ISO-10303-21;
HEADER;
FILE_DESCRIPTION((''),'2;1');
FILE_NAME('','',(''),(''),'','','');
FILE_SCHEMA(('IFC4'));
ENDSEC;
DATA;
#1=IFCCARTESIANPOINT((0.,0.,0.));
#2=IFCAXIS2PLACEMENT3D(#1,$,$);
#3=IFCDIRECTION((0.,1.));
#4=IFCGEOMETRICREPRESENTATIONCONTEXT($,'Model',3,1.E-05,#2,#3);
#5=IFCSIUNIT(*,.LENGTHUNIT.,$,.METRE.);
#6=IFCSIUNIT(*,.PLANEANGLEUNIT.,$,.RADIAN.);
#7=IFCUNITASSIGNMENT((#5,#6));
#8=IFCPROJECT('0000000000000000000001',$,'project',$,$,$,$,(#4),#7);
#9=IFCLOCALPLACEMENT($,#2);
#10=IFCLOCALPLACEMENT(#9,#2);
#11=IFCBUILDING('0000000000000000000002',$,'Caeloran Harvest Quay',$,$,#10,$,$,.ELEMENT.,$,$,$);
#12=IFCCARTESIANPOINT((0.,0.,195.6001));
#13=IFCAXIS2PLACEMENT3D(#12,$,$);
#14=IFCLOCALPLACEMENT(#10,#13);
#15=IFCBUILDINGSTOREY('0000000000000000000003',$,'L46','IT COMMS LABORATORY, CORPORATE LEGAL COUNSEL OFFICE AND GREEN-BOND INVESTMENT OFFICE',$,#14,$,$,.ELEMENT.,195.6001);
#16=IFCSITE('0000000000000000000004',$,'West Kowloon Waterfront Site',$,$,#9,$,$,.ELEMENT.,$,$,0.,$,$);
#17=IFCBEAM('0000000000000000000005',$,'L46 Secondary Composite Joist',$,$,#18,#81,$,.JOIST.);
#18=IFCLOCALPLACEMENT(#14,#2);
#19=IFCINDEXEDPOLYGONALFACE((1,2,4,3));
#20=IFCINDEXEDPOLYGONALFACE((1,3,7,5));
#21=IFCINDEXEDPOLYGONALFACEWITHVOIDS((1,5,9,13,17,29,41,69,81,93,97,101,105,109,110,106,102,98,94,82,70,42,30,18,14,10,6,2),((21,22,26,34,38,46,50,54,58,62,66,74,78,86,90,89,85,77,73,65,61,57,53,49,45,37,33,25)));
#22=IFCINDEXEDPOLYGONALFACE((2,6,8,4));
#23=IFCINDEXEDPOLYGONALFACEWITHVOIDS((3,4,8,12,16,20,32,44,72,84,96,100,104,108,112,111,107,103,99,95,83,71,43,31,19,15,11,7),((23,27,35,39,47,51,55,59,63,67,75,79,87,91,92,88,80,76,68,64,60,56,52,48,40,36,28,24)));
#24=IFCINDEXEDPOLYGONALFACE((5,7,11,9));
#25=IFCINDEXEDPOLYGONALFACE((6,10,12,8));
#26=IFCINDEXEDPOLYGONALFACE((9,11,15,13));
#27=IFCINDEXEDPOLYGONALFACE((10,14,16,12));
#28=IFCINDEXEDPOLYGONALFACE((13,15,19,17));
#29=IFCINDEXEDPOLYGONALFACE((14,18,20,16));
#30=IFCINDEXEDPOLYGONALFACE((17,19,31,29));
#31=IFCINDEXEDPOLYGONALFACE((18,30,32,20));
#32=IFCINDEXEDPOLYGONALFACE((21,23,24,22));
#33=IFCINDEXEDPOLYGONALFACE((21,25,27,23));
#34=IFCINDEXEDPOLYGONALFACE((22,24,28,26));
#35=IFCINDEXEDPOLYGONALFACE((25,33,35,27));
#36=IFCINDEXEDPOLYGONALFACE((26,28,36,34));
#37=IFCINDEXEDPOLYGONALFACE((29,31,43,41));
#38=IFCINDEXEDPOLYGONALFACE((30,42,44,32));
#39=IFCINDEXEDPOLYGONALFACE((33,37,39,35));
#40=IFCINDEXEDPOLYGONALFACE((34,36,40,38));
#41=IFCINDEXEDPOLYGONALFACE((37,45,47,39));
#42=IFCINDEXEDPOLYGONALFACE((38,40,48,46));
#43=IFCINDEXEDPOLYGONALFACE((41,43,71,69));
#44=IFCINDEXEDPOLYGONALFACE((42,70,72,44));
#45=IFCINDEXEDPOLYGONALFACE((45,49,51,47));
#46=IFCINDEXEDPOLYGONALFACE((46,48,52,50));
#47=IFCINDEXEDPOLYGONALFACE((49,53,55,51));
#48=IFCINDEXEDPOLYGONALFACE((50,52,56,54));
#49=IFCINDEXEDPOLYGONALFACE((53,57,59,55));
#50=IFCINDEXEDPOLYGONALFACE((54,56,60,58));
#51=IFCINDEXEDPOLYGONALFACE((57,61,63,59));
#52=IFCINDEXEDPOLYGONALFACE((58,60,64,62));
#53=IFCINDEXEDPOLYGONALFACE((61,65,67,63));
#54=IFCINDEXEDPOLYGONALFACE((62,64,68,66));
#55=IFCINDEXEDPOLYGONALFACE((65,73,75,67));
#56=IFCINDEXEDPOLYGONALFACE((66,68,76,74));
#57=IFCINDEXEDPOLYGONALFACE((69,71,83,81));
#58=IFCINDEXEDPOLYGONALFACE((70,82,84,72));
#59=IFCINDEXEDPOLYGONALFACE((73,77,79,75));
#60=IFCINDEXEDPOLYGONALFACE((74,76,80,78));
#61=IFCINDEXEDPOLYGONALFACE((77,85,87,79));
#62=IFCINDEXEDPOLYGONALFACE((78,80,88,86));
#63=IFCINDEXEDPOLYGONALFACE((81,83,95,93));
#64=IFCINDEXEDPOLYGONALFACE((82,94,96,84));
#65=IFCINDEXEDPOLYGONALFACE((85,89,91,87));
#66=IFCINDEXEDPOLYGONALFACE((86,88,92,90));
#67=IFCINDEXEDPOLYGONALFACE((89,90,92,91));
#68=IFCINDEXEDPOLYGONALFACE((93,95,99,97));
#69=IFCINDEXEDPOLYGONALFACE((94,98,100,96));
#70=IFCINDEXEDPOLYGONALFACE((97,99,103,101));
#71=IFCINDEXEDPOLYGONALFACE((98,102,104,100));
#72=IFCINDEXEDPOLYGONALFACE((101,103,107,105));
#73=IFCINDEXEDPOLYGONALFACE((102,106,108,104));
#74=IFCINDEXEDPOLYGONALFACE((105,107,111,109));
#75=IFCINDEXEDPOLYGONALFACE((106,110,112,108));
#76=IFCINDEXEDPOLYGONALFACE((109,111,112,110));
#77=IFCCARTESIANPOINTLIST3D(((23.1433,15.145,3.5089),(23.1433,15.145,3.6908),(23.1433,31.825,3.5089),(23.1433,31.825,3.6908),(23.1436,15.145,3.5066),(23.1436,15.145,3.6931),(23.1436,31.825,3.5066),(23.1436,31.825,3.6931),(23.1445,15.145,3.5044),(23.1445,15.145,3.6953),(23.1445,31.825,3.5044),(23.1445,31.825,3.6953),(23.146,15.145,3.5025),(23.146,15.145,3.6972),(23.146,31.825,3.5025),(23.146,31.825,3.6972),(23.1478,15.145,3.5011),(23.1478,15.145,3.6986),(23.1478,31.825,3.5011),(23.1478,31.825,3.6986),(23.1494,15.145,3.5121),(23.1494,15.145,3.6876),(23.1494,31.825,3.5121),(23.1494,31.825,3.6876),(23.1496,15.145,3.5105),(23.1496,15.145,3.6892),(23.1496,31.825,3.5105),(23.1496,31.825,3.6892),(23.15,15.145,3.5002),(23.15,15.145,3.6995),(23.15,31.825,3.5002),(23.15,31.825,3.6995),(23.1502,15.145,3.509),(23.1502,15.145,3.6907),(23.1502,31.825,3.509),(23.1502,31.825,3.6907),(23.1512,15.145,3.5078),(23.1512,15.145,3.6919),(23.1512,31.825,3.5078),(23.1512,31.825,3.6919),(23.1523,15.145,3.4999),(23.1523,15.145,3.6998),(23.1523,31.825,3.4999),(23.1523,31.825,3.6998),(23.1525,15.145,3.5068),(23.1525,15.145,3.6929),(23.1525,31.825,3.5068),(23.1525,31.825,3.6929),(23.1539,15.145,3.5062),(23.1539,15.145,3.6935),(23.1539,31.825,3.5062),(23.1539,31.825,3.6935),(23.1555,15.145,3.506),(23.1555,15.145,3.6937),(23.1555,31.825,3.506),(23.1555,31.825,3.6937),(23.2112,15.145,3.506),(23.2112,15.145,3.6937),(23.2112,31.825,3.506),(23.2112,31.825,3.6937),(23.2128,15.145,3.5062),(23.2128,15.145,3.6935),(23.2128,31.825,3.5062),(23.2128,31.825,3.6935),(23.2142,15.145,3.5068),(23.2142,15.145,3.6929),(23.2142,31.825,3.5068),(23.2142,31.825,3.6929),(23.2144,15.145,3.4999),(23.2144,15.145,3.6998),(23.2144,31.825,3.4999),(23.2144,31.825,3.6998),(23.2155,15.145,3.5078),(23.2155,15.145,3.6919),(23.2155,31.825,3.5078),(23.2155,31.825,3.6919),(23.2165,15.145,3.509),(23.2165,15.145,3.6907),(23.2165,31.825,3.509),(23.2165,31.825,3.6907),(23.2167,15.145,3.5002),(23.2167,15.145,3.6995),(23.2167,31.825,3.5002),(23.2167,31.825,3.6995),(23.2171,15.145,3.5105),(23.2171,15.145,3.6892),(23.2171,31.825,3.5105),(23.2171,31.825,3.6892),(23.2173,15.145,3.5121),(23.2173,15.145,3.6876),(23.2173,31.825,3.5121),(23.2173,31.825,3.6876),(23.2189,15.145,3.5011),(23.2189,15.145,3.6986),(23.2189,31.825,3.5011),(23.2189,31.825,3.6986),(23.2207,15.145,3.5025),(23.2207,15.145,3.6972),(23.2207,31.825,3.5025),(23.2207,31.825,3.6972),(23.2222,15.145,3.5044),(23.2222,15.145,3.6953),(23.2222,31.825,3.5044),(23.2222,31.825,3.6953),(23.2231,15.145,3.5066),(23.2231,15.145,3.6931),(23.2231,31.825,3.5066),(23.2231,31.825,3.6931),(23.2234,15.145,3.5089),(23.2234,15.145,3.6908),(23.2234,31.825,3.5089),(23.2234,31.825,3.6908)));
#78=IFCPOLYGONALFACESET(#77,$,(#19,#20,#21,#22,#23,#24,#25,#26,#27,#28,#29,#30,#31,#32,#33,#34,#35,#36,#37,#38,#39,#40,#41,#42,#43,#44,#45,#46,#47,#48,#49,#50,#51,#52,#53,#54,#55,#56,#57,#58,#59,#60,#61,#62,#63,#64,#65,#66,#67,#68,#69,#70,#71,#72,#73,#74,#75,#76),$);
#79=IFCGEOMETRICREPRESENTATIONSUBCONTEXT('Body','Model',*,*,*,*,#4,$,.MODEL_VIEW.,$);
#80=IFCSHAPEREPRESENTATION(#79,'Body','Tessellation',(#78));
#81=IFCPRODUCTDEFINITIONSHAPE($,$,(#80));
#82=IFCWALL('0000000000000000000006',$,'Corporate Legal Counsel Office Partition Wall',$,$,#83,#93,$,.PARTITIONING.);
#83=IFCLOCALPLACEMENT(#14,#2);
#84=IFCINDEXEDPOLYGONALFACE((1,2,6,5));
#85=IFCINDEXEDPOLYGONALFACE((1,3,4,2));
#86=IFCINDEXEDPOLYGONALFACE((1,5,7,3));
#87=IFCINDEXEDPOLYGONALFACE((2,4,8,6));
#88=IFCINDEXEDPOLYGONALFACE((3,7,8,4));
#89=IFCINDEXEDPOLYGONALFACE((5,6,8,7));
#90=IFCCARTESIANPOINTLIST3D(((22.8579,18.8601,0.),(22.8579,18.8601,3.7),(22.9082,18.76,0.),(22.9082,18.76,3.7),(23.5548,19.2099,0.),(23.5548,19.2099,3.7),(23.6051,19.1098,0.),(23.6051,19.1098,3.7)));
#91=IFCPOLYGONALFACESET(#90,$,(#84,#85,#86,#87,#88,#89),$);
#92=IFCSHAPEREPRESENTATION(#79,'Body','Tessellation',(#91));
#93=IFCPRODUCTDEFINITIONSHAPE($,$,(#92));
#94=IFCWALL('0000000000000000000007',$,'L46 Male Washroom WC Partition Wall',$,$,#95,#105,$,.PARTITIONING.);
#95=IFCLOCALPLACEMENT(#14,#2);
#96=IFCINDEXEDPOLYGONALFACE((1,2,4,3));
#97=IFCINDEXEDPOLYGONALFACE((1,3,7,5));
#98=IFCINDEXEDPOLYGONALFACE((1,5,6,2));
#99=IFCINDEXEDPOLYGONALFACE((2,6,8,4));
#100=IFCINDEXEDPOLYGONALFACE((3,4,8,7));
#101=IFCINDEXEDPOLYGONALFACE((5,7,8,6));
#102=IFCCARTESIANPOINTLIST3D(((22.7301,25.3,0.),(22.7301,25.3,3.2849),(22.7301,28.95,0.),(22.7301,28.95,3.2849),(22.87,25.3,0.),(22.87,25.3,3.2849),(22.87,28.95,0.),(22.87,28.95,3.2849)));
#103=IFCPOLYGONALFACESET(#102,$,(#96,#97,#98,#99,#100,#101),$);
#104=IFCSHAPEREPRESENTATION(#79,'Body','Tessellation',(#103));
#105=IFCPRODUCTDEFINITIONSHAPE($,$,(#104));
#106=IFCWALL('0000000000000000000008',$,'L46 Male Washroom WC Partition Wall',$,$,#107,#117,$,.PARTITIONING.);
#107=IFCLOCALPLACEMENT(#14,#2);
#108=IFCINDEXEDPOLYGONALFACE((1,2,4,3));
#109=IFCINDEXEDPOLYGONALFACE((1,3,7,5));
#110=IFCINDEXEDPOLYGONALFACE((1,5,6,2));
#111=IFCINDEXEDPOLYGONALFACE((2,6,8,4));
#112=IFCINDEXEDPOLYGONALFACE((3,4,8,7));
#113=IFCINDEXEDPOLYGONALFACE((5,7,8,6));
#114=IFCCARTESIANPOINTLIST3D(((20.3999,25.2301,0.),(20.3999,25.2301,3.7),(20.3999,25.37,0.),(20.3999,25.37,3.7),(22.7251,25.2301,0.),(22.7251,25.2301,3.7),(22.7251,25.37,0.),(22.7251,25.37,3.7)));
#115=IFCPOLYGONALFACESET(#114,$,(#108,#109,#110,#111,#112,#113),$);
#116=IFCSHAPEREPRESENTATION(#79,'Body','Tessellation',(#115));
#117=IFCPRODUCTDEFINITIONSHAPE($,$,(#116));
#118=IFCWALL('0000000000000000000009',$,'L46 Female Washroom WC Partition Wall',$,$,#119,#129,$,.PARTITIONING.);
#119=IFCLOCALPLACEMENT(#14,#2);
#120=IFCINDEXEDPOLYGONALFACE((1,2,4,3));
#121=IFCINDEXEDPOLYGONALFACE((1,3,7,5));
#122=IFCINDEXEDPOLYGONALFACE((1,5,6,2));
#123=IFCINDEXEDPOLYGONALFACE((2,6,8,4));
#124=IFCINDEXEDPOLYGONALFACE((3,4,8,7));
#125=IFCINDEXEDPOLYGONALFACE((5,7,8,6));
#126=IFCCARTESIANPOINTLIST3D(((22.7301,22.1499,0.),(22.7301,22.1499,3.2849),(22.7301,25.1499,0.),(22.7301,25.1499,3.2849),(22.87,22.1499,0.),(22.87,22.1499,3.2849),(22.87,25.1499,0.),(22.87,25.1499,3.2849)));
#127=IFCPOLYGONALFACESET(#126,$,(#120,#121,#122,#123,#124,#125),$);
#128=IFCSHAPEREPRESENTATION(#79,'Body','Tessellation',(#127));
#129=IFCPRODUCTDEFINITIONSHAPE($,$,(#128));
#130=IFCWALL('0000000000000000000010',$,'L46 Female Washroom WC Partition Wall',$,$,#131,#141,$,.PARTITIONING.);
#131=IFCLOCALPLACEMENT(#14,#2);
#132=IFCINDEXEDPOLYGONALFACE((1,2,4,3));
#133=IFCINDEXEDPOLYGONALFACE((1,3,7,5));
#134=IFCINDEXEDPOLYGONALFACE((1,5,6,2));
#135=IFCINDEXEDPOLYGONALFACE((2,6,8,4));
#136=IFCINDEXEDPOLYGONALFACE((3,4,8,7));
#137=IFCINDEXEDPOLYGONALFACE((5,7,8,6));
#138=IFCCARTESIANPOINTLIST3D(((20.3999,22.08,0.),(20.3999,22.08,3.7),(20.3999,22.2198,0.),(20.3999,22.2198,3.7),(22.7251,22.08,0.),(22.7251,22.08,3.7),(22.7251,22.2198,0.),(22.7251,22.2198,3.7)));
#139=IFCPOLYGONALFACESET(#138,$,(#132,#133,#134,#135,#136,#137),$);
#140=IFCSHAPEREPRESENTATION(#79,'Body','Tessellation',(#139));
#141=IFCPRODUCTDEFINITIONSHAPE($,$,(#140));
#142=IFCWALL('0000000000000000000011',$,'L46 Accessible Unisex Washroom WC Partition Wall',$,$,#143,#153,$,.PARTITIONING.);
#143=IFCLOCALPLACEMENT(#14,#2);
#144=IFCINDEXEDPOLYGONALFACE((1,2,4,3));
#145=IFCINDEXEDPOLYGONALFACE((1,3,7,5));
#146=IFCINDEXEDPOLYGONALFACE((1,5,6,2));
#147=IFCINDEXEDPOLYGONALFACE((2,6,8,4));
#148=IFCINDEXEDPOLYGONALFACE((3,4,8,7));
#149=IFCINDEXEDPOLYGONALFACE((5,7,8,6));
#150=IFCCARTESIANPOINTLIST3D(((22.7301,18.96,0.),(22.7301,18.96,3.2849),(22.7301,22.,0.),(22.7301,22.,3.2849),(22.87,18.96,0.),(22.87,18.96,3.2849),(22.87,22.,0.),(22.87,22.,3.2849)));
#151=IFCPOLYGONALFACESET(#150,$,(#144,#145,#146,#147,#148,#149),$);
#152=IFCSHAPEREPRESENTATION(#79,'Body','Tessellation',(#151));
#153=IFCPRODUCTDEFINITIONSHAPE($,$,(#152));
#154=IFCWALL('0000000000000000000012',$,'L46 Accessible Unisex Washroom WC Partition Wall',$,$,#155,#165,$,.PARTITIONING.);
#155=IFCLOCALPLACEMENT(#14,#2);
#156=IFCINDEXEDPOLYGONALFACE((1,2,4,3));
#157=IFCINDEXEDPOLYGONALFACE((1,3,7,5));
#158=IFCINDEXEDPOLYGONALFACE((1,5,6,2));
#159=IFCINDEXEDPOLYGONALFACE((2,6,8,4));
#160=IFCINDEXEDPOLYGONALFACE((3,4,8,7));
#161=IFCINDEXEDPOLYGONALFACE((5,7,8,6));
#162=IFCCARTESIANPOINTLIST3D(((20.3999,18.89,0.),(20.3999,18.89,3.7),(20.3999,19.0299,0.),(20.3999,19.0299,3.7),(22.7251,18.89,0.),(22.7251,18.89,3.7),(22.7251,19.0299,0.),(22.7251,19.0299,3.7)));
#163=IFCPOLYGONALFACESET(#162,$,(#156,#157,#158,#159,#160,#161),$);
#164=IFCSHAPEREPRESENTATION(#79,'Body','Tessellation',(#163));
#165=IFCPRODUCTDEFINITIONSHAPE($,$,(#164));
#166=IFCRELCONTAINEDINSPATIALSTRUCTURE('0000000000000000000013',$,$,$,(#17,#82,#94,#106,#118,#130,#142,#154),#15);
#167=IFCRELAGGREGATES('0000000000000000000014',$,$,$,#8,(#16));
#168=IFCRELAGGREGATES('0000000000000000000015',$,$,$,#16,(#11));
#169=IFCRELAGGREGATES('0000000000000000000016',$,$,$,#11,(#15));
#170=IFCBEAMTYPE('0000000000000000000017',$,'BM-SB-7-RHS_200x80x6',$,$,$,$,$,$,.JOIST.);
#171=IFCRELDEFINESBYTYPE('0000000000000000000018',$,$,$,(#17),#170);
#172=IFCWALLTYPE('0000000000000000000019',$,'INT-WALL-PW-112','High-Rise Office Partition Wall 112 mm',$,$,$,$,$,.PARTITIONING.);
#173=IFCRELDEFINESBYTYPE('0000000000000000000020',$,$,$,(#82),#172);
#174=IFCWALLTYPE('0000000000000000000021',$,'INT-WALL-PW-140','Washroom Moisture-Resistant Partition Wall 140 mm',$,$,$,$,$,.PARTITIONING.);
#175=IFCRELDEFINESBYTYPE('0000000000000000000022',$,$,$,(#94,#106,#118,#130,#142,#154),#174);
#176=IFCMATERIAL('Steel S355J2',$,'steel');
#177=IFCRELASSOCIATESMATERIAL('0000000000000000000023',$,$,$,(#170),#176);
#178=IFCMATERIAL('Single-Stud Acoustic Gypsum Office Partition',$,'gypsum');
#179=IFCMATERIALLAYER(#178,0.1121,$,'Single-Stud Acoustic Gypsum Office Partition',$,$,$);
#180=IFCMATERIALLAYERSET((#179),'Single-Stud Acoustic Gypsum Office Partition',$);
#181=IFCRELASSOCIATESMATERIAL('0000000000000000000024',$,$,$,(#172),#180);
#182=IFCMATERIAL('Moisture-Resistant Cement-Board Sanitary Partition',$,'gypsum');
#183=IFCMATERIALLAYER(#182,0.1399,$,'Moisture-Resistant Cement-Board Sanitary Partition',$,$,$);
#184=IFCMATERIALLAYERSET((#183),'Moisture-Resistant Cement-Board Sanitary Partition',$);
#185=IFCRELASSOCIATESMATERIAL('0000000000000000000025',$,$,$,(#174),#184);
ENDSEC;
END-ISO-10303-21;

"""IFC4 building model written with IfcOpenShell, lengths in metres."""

from ifc_helpers import new_model, si_unit, direction, frame, frame_2d, origin, origin_2d, place, context, subcontext, project, spatial, rectangle, hollow_rectangle, extrude, material, layer, layer_set, material_profile, profile_set, type_object, element, save


model = new_model("IFC4")

# Units and contexts
model_context = context("Model", 3, precision=1e-05, world=origin(), true_north=direction((0.0, 1.0)))
body_context = subcontext(model_context, "Body", "Model", "MODEL_VIEW")
ifc_project = project(units=[si_unit("LENGTHUNIT", "METRE"), si_unit("PLANEANGLEUNIT", "RADIAN")], contexts=[model_context])

# Site, building, storey
site_placement = place(None, origin())
site = spatial("IfcSite", under=ifc_project, at=site_placement, Name="West Kowloon Waterfront Site", CompositionType="ELEMENT", RefElevation=0.0)
building_placement = place(site_placement, origin())
building = spatial("IfcBuilding", under=site, at=building_placement, Name="Caeloran Harvest Quay", CompositionType="ELEMENT")
storey_placement = place(building_placement, frame((0.0, 0.0, 195.6001)))
storey = spatial("IfcBuildingStorey", under=building, at=storey_placement, Name="L46", Description="IT COMMS LABORATORY, CORPORATE LEGAL COUNSEL OFFICE AND GREEN-BOND INVESTMENT OFFICE", CompositionType="ELEMENT", Elevation=195.6001)

# Beam
ifc_material_1 = material(Name="Steel S355J2", Category="steel")
ifc_material_profile_1 = material_profile(ifc_material_1, hollow_rectangle(XDim=0.0801, YDim=0.2, WallThickness=0.0061, InnerFilletRadius=0.0061, OuterFilletRadius=0.009, at=origin_2d()), Name="RHS 200x80x6")
ifc_profile_set_1 = profile_set([ifc_material_profile_1], Name="Steel S355J2")
beam_type_1 = type_object("IfcBeamType", Name="BM-SB-7-RHS_200x80x6", PredefinedType="JOIST", material=ifc_profile_set_1)
for number, where, z_axis, x_axis, name in (
    (1, (23.1833, 15.145, 3.5999), (0.0, 1.0, 0.0), (-1.0, 0.0, 0.0), "L46 Secondary Composite Joist"),
):
    element("IfcBeam", number, at=place(storey_placement, frame(where, z_axis=z_axis, x_axis=x_axis)), inside=storey, type_object=beam_type_1, Name=name, PredefinedType="JOIST", context=body_context, shape_type="SweptSolid", body=[
        extrude(hollow_rectangle(XDim=0.0801, YDim=0.2, WallThickness=0.0061, InnerFilletRadius=0.0061, OuterFilletRadius=0.009, at=origin_2d()), origin(), (0.0, 0.0, 1.0), 16.6799),
    ])

# Walls
ifc_material_2 = material(Name="Single-Stud Acoustic Gypsum Office Partition", Category="gypsum")
ifc_layer_1 = layer(ifc_material_2, 0.1121, Name="Single-Stud Acoustic Gypsum Office Partition")
ifc_layer_set_1 = layer_set([ifc_layer_1], Name="Single-Stud Acoustic Gypsum Office Partition")
wall_type_1 = type_object("IfcWallType", Name="INT-WALL-PW-112", Description="High-Rise Office Partition Wall 112 mm", PredefinedType="PARTITIONING", material=ifc_layer_set_1)
wall_1_placement = place(storey_placement, frame((22.8831, 18.8101, 0.0), z_axis=(0.0, 0.0, 1.0), x_axis=(0.893737, 0.44859, 0.0)))
element("IfcWall", 2, at=wall_1_placement, inside=storey, type_object=wall_type_1, Name="Corporate Legal Counsel Office Partition Wall", PredefinedType="PARTITIONING", context=body_context, shape_type="SweptSolid", body=[
    extrude(rectangle(XDim=0.7798, YDim=0.1121, at=frame_2d((0.3899, 0.0))), origin(), (0.0, 0.0, 1.0), 3.7),
])
ifc_material_3 = material(Name="Moisture-Resistant Cement-Board Sanitary Partition", Category="gypsum")
ifc_layer_2 = layer(ifc_material_3, 0.1399, Name="Moisture-Resistant Cement-Board Sanitary Partition")
ifc_layer_set_2 = layer_set([ifc_layer_2], Name="Moisture-Resistant Cement-Board Sanitary Partition")
wall_type_2 = type_object("IfcWallType", Name="INT-WALL-PW-140", Description="Washroom Moisture-Resistant Partition Wall 140 mm", PredefinedType="PARTITIONING", material=ifc_layer_set_2)
wall_2_placement = place(storey_placement, frame((22.8, 28.95, 0.0), z_axis=(0.0, 0.0, 1.0), x_axis=(0.0, -1.0, 0.0)))
element("IfcWall", 3, at=wall_2_placement, inside=storey, type_object=wall_type_2, Name="L46 Male Washroom WC Partition Wall", PredefinedType="PARTITIONING", context=body_context, shape_type="SweptSolid", body=[
    extrude(rectangle(XDim=3.6499, YDim=0.1399, at=frame_2d((1.825, 0.0))), origin(), (0.0, 0.0, 1.0), 3.2849),
])
wall_3_placement = place(storey_placement, frame((22.7251, 25.3, 0.0), z_axis=(0.0, 0.0, 1.0), x_axis=(-1.0, 0.0, 0.0)))
element("IfcWall", 4, at=wall_3_placement, inside=storey, type_object=wall_type_2, Name="L46 Male Washroom WC Partition Wall", PredefinedType="PARTITIONING", context=body_context, shape_type="SweptSolid", body=[
    extrude(rectangle(XDim=2.3252, YDim=0.1399, at=frame_2d((1.1626, 0.0))), origin(), (0.0, 0.0, 1.0), 3.7),
])
wall_4_placement = place(storey_placement, frame((22.8, 25.1499, 0.0), z_axis=(0.0, 0.0, 1.0), x_axis=(0.0, -1.0, 0.0)))
element("IfcWall", 5, at=wall_4_placement, inside=storey, type_object=wall_type_2, Name="L46 Female Washroom WC Partition Wall", PredefinedType="PARTITIONING", context=body_context, shape_type="SweptSolid", body=[
    extrude(rectangle(XDim=3.0, YDim=0.1399, at=frame_2d((1.5, 0.0))), origin(), (0.0, 0.0, 1.0), 3.2849),
])
wall_5_placement = place(storey_placement, frame((22.7251, 22.1499, 0.0), z_axis=(0.0, 0.0, 1.0), x_axis=(-1.0, 0.0, 0.0)))
element("IfcWall", 6, at=wall_5_placement, inside=storey, type_object=wall_type_2, Name="L46 Female Washroom WC Partition Wall", PredefinedType="PARTITIONING", context=body_context, shape_type="SweptSolid", body=[
    extrude(rectangle(XDim=2.3252, YDim=0.1399, at=frame_2d((1.1626, 0.0))), origin(), (0.0, 0.0, 1.0), 3.7),
])
wall_6_placement = place(storey_placement, frame((22.8, 22.0, 0.0), z_axis=(0.0, 0.0, 1.0), x_axis=(0.0, -1.0, 0.0)))
element("IfcWall", 7, at=wall_6_placement, inside=storey, type_object=wall_type_2, Name="L46 Accessible Unisex Washroom WC Partition Wall", PredefinedType="PARTITIONING", context=body_context, shape_type="SweptSolid", body=[
    extrude(rectangle(XDim=3.04, YDim=0.1399, at=frame_2d((1.52, 0.0))), origin(), (0.0, 0.0, 1.0), 3.2849),
])
wall_7_placement = place(storey_placement, frame((22.7251, 18.96, 0.0), z_axis=(0.0, 0.0, 1.0), x_axis=(-1.0, 0.0, 0.0)))
element("IfcWall", 8, at=wall_7_placement, inside=storey, type_object=wall_type_2, Name="L46 Accessible Unisex Washroom WC Partition Wall", PredefinedType="PARTITIONING", context=body_context, shape_type="SweptSolid", body=[
    extrude(rectangle(XDim=2.3252, YDim=0.1399, at=frame_2d((1.1626, 0.0))), origin(), (0.0, 0.0, 1.0), 3.7),
])

save(model, "model.ifc")
